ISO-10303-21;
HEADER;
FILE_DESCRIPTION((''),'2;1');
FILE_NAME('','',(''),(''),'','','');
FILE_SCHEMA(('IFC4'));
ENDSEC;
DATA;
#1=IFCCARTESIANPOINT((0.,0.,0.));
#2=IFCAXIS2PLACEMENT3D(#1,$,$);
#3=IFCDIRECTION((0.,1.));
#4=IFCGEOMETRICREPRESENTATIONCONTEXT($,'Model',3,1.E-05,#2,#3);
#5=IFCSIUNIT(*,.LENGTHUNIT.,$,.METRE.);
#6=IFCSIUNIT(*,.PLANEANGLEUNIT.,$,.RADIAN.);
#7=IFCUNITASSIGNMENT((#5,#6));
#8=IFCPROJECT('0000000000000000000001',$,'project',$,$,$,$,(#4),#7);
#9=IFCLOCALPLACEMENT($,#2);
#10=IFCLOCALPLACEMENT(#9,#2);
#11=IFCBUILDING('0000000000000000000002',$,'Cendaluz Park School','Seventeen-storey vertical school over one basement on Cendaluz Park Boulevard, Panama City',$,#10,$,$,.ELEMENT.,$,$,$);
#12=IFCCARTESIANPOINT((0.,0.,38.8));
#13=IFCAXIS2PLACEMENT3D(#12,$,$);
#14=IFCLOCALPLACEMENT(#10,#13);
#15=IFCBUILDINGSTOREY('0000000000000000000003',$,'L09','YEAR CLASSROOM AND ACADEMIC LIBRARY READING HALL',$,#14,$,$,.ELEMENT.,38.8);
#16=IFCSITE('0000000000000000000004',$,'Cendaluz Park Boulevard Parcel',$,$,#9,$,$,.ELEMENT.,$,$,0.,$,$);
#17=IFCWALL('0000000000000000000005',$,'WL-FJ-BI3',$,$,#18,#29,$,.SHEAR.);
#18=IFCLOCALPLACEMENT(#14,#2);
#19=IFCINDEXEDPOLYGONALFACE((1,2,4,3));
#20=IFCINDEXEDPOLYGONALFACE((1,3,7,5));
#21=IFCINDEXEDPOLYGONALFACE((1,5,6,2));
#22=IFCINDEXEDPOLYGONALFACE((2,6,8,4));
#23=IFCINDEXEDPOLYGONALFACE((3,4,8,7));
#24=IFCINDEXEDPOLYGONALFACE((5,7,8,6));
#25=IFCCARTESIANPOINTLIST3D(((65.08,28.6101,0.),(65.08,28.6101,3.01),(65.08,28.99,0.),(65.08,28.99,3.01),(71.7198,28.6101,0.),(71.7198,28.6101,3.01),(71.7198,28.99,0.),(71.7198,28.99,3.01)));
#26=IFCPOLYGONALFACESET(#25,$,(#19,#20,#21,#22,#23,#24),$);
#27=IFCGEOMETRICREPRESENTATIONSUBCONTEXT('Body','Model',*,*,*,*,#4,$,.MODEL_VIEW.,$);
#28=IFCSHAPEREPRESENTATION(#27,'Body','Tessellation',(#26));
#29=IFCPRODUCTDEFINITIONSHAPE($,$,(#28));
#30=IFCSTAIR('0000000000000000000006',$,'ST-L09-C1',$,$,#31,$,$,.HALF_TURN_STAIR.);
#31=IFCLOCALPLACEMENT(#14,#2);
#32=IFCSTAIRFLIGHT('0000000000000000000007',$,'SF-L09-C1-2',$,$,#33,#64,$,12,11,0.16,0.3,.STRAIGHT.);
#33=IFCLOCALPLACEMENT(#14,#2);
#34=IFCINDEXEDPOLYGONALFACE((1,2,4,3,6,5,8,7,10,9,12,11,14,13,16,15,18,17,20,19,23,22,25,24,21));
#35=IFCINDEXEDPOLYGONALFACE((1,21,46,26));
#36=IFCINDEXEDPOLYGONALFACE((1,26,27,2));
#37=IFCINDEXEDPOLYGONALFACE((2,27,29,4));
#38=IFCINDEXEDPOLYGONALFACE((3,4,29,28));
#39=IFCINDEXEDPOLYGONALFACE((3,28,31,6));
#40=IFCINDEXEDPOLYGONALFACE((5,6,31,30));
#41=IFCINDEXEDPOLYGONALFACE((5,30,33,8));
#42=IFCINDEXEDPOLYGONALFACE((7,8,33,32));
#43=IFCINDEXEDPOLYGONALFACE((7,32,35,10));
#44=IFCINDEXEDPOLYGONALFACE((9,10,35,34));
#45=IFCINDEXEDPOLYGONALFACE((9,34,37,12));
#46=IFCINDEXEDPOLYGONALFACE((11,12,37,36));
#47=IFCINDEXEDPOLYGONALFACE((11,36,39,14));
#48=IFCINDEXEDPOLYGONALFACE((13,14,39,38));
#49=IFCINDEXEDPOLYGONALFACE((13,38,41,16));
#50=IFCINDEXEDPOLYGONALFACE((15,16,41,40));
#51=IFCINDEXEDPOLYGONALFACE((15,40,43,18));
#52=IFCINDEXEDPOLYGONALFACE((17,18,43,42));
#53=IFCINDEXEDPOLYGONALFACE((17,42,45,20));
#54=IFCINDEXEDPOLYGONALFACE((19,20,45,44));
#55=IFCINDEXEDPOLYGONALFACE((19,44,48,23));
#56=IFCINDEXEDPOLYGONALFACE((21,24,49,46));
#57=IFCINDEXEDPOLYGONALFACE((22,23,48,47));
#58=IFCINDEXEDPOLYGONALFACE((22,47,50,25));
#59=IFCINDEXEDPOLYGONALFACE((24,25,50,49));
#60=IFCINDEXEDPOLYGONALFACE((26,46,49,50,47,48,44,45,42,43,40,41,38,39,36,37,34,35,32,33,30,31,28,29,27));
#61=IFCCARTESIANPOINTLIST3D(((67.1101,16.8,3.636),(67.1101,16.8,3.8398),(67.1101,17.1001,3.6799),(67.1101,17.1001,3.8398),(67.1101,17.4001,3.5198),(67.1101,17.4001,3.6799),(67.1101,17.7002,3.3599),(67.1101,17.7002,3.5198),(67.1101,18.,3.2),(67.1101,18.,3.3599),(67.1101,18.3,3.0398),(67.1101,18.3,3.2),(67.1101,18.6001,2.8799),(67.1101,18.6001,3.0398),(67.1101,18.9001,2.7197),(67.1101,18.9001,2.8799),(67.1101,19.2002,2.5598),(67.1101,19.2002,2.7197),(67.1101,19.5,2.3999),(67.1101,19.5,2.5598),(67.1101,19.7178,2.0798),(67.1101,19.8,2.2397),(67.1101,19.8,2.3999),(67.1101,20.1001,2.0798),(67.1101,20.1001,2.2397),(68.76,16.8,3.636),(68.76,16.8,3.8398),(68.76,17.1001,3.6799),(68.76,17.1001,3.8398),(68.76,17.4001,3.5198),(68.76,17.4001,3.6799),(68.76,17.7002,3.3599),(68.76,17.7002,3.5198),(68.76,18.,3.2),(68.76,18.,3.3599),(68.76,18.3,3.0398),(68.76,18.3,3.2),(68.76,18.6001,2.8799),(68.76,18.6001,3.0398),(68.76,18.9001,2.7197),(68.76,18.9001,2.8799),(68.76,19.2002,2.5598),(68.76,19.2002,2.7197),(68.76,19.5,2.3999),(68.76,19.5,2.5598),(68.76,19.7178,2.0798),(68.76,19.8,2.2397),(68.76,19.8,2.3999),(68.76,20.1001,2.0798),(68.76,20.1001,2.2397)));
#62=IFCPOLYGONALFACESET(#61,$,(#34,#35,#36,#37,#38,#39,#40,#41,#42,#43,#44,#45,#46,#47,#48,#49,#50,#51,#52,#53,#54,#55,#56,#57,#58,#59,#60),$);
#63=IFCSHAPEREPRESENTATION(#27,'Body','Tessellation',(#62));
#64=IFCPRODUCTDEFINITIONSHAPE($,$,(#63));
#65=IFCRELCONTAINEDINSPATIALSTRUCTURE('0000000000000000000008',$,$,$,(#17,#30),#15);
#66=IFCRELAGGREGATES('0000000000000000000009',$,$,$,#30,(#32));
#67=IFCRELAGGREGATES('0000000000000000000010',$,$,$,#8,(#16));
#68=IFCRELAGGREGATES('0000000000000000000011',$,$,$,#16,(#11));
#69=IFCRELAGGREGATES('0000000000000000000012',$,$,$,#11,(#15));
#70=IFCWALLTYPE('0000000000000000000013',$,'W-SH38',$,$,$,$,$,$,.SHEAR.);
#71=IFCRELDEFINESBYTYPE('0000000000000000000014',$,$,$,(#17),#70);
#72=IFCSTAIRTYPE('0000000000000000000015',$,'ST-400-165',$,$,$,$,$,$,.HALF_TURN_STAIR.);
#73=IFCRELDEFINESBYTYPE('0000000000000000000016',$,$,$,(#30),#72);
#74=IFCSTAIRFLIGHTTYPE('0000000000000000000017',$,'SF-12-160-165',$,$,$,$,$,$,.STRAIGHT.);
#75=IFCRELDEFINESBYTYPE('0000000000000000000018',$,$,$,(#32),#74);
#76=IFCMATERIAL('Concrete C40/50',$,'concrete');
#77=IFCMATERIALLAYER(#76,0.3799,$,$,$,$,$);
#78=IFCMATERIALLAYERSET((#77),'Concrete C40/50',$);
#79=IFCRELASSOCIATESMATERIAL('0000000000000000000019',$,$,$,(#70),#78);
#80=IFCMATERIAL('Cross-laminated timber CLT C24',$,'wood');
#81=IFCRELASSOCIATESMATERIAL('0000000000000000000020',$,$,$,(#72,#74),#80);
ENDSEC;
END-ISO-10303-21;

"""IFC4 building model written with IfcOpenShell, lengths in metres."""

from ifc_helpers import new_model, si_unit, direction, frame, frame_2d, origin, place, context, subcontext, project, spatial, polyline, rectangle, outline, extrude, material, layer, layer_set, type_object, element, aggregate, save


model = new_model("IFC4")

# Units and contexts
model_context = context("Model", 3, precision=1e-05, world=origin(), true_north=direction((0.0, 1.0)))
body_context = subcontext(model_context, "Body", "Model", "MODEL_VIEW")
ifc_project = project(units=[si_unit("LENGTHUNIT", "METRE"), si_unit("PLANEANGLEUNIT", "RADIAN")], contexts=[model_context])

# Site, building, storey
site_placement = place(None, origin())
site = spatial("IfcSite", under=ifc_project, at=site_placement, Name="Cendaluz Park Boulevard Parcel", CompositionType="ELEMENT", RefElevation=0.0)
building_placement = place(site_placement, origin())
building = spatial("IfcBuilding", under=site, at=building_placement, Name="Cendaluz Park School", Description="Seventeen-storey vertical school over one basement on Cendaluz Park Boulevard, Panama City", CompositionType="ELEMENT")
storey_placement = place(building_placement, frame((0.0, 0.0, 38.8)))
storey = spatial("IfcBuildingStorey", under=building, at=storey_placement, Name="L09", Description="YEAR CLASSROOM AND ACADEMIC LIBRARY READING HALL", CompositionType="ELEMENT", Elevation=38.8)

# Shared definitions
ifc_material_1 = material(Name="Concrete C40/50", Category="concrete")

# Wall
ifc_layer_1 = layer(ifc_material_1, 0.3799)
ifc_layer_set_1 = layer_set([ifc_layer_1], Name="Concrete C40/50")
wall_type_1 = type_object("IfcWallType", Name="W-SH38", PredefinedType="SHEAR", material=ifc_layer_set_1)
wall_1_placement = place(storey_placement, frame((65.0801, 28.8, 0.0), z_axis=(0.0, 0.0, 1.0), x_axis=(1.0, 0.0, 0.0)))
element("IfcWall", 1, at=wall_1_placement, inside=storey, type_object=wall_type_1, Name="WL-FJ-BI3", PredefinedType="SHEAR", context=body_context, shape_type="SweptSolid", body=[
    extrude(rectangle(XDim=6.6399, YDim=0.3799, at=frame_2d((3.3198, 0.0))), origin(), (0.0, 0.0, 1.0), 3.01),
])

# Stair, stair flight
ifc_material_2 = material(Name="Cross-laminated timber CLT C24", Category="wood")
stair_type = type_object("IfcStairType", Name="ST-400-165", PredefinedType="HALF_TURN_STAIR", material=ifc_material_2)
stair_placement = place(storey_placement, origin())
stair = element("IfcStair", 2, at=stair_placement, inside=storey, type_object=stair_type, Name="ST-L09-C1", PredefinedType="HALF_TURN_STAIR")
stair_flight_type = type_object("IfcStairFlightType", Name="SF-12-160-165", PredefinedType="STRAIGHT", material=ifc_material_2)
stair_flight_placement = place(storey_placement, frame((67.9351, 20.1001, 2.0798), z_axis=(0.0, 0.0, 1.0), x_axis=(0.0, -1.0, 0.0)))
stair_flight = element("IfcStairFlight", 3, at=stair_flight_placement, type_object=stair_flight_type, Name="SF-L09-C1-2", NumberOfRisers=12, NumberOfTreads=11, PredefinedType="STRAIGHT", RiserHeight=0.16, TreadLength=0.3, context=body_context, shape_type="SweptSolid", body=[
    extrude(outline(polyline([(0.0, 0.0), (0.0, 0.1599), (0.3, 0.1599), (0.3, 0.3201), (0.6001, 0.3201), (0.6001, 0.48), (0.8999, 0.48), (0.8999, 0.6399), (1.2, 0.6399), (1.2, 0.8), (1.5, 0.8), (1.5, 0.96), (1.8, 0.96), (1.8, 1.1201), (2.1001, 1.1201), (2.1001, 1.28), (2.3999, 1.28), (2.3999, 1.4399), (2.7, 1.4399), (2.7, 1.6001), (3.0, 1.6001), (3.0, 1.76), (3.3, 1.76), (3.3, 1.9199), (3.3, 1.5562), (0.3823, 0.0), (0.0, 0.0)])), frame((0.0, 0.825, 0.0), z_axis=(0.0, -1.0, 0.0), x_axis=(1.0, 0.0, 0.0)), (0.0, 0.0, 1.0), 1.6499),
])
aggregate(stair, [stair_flight])

save(model, "model.ifc")
